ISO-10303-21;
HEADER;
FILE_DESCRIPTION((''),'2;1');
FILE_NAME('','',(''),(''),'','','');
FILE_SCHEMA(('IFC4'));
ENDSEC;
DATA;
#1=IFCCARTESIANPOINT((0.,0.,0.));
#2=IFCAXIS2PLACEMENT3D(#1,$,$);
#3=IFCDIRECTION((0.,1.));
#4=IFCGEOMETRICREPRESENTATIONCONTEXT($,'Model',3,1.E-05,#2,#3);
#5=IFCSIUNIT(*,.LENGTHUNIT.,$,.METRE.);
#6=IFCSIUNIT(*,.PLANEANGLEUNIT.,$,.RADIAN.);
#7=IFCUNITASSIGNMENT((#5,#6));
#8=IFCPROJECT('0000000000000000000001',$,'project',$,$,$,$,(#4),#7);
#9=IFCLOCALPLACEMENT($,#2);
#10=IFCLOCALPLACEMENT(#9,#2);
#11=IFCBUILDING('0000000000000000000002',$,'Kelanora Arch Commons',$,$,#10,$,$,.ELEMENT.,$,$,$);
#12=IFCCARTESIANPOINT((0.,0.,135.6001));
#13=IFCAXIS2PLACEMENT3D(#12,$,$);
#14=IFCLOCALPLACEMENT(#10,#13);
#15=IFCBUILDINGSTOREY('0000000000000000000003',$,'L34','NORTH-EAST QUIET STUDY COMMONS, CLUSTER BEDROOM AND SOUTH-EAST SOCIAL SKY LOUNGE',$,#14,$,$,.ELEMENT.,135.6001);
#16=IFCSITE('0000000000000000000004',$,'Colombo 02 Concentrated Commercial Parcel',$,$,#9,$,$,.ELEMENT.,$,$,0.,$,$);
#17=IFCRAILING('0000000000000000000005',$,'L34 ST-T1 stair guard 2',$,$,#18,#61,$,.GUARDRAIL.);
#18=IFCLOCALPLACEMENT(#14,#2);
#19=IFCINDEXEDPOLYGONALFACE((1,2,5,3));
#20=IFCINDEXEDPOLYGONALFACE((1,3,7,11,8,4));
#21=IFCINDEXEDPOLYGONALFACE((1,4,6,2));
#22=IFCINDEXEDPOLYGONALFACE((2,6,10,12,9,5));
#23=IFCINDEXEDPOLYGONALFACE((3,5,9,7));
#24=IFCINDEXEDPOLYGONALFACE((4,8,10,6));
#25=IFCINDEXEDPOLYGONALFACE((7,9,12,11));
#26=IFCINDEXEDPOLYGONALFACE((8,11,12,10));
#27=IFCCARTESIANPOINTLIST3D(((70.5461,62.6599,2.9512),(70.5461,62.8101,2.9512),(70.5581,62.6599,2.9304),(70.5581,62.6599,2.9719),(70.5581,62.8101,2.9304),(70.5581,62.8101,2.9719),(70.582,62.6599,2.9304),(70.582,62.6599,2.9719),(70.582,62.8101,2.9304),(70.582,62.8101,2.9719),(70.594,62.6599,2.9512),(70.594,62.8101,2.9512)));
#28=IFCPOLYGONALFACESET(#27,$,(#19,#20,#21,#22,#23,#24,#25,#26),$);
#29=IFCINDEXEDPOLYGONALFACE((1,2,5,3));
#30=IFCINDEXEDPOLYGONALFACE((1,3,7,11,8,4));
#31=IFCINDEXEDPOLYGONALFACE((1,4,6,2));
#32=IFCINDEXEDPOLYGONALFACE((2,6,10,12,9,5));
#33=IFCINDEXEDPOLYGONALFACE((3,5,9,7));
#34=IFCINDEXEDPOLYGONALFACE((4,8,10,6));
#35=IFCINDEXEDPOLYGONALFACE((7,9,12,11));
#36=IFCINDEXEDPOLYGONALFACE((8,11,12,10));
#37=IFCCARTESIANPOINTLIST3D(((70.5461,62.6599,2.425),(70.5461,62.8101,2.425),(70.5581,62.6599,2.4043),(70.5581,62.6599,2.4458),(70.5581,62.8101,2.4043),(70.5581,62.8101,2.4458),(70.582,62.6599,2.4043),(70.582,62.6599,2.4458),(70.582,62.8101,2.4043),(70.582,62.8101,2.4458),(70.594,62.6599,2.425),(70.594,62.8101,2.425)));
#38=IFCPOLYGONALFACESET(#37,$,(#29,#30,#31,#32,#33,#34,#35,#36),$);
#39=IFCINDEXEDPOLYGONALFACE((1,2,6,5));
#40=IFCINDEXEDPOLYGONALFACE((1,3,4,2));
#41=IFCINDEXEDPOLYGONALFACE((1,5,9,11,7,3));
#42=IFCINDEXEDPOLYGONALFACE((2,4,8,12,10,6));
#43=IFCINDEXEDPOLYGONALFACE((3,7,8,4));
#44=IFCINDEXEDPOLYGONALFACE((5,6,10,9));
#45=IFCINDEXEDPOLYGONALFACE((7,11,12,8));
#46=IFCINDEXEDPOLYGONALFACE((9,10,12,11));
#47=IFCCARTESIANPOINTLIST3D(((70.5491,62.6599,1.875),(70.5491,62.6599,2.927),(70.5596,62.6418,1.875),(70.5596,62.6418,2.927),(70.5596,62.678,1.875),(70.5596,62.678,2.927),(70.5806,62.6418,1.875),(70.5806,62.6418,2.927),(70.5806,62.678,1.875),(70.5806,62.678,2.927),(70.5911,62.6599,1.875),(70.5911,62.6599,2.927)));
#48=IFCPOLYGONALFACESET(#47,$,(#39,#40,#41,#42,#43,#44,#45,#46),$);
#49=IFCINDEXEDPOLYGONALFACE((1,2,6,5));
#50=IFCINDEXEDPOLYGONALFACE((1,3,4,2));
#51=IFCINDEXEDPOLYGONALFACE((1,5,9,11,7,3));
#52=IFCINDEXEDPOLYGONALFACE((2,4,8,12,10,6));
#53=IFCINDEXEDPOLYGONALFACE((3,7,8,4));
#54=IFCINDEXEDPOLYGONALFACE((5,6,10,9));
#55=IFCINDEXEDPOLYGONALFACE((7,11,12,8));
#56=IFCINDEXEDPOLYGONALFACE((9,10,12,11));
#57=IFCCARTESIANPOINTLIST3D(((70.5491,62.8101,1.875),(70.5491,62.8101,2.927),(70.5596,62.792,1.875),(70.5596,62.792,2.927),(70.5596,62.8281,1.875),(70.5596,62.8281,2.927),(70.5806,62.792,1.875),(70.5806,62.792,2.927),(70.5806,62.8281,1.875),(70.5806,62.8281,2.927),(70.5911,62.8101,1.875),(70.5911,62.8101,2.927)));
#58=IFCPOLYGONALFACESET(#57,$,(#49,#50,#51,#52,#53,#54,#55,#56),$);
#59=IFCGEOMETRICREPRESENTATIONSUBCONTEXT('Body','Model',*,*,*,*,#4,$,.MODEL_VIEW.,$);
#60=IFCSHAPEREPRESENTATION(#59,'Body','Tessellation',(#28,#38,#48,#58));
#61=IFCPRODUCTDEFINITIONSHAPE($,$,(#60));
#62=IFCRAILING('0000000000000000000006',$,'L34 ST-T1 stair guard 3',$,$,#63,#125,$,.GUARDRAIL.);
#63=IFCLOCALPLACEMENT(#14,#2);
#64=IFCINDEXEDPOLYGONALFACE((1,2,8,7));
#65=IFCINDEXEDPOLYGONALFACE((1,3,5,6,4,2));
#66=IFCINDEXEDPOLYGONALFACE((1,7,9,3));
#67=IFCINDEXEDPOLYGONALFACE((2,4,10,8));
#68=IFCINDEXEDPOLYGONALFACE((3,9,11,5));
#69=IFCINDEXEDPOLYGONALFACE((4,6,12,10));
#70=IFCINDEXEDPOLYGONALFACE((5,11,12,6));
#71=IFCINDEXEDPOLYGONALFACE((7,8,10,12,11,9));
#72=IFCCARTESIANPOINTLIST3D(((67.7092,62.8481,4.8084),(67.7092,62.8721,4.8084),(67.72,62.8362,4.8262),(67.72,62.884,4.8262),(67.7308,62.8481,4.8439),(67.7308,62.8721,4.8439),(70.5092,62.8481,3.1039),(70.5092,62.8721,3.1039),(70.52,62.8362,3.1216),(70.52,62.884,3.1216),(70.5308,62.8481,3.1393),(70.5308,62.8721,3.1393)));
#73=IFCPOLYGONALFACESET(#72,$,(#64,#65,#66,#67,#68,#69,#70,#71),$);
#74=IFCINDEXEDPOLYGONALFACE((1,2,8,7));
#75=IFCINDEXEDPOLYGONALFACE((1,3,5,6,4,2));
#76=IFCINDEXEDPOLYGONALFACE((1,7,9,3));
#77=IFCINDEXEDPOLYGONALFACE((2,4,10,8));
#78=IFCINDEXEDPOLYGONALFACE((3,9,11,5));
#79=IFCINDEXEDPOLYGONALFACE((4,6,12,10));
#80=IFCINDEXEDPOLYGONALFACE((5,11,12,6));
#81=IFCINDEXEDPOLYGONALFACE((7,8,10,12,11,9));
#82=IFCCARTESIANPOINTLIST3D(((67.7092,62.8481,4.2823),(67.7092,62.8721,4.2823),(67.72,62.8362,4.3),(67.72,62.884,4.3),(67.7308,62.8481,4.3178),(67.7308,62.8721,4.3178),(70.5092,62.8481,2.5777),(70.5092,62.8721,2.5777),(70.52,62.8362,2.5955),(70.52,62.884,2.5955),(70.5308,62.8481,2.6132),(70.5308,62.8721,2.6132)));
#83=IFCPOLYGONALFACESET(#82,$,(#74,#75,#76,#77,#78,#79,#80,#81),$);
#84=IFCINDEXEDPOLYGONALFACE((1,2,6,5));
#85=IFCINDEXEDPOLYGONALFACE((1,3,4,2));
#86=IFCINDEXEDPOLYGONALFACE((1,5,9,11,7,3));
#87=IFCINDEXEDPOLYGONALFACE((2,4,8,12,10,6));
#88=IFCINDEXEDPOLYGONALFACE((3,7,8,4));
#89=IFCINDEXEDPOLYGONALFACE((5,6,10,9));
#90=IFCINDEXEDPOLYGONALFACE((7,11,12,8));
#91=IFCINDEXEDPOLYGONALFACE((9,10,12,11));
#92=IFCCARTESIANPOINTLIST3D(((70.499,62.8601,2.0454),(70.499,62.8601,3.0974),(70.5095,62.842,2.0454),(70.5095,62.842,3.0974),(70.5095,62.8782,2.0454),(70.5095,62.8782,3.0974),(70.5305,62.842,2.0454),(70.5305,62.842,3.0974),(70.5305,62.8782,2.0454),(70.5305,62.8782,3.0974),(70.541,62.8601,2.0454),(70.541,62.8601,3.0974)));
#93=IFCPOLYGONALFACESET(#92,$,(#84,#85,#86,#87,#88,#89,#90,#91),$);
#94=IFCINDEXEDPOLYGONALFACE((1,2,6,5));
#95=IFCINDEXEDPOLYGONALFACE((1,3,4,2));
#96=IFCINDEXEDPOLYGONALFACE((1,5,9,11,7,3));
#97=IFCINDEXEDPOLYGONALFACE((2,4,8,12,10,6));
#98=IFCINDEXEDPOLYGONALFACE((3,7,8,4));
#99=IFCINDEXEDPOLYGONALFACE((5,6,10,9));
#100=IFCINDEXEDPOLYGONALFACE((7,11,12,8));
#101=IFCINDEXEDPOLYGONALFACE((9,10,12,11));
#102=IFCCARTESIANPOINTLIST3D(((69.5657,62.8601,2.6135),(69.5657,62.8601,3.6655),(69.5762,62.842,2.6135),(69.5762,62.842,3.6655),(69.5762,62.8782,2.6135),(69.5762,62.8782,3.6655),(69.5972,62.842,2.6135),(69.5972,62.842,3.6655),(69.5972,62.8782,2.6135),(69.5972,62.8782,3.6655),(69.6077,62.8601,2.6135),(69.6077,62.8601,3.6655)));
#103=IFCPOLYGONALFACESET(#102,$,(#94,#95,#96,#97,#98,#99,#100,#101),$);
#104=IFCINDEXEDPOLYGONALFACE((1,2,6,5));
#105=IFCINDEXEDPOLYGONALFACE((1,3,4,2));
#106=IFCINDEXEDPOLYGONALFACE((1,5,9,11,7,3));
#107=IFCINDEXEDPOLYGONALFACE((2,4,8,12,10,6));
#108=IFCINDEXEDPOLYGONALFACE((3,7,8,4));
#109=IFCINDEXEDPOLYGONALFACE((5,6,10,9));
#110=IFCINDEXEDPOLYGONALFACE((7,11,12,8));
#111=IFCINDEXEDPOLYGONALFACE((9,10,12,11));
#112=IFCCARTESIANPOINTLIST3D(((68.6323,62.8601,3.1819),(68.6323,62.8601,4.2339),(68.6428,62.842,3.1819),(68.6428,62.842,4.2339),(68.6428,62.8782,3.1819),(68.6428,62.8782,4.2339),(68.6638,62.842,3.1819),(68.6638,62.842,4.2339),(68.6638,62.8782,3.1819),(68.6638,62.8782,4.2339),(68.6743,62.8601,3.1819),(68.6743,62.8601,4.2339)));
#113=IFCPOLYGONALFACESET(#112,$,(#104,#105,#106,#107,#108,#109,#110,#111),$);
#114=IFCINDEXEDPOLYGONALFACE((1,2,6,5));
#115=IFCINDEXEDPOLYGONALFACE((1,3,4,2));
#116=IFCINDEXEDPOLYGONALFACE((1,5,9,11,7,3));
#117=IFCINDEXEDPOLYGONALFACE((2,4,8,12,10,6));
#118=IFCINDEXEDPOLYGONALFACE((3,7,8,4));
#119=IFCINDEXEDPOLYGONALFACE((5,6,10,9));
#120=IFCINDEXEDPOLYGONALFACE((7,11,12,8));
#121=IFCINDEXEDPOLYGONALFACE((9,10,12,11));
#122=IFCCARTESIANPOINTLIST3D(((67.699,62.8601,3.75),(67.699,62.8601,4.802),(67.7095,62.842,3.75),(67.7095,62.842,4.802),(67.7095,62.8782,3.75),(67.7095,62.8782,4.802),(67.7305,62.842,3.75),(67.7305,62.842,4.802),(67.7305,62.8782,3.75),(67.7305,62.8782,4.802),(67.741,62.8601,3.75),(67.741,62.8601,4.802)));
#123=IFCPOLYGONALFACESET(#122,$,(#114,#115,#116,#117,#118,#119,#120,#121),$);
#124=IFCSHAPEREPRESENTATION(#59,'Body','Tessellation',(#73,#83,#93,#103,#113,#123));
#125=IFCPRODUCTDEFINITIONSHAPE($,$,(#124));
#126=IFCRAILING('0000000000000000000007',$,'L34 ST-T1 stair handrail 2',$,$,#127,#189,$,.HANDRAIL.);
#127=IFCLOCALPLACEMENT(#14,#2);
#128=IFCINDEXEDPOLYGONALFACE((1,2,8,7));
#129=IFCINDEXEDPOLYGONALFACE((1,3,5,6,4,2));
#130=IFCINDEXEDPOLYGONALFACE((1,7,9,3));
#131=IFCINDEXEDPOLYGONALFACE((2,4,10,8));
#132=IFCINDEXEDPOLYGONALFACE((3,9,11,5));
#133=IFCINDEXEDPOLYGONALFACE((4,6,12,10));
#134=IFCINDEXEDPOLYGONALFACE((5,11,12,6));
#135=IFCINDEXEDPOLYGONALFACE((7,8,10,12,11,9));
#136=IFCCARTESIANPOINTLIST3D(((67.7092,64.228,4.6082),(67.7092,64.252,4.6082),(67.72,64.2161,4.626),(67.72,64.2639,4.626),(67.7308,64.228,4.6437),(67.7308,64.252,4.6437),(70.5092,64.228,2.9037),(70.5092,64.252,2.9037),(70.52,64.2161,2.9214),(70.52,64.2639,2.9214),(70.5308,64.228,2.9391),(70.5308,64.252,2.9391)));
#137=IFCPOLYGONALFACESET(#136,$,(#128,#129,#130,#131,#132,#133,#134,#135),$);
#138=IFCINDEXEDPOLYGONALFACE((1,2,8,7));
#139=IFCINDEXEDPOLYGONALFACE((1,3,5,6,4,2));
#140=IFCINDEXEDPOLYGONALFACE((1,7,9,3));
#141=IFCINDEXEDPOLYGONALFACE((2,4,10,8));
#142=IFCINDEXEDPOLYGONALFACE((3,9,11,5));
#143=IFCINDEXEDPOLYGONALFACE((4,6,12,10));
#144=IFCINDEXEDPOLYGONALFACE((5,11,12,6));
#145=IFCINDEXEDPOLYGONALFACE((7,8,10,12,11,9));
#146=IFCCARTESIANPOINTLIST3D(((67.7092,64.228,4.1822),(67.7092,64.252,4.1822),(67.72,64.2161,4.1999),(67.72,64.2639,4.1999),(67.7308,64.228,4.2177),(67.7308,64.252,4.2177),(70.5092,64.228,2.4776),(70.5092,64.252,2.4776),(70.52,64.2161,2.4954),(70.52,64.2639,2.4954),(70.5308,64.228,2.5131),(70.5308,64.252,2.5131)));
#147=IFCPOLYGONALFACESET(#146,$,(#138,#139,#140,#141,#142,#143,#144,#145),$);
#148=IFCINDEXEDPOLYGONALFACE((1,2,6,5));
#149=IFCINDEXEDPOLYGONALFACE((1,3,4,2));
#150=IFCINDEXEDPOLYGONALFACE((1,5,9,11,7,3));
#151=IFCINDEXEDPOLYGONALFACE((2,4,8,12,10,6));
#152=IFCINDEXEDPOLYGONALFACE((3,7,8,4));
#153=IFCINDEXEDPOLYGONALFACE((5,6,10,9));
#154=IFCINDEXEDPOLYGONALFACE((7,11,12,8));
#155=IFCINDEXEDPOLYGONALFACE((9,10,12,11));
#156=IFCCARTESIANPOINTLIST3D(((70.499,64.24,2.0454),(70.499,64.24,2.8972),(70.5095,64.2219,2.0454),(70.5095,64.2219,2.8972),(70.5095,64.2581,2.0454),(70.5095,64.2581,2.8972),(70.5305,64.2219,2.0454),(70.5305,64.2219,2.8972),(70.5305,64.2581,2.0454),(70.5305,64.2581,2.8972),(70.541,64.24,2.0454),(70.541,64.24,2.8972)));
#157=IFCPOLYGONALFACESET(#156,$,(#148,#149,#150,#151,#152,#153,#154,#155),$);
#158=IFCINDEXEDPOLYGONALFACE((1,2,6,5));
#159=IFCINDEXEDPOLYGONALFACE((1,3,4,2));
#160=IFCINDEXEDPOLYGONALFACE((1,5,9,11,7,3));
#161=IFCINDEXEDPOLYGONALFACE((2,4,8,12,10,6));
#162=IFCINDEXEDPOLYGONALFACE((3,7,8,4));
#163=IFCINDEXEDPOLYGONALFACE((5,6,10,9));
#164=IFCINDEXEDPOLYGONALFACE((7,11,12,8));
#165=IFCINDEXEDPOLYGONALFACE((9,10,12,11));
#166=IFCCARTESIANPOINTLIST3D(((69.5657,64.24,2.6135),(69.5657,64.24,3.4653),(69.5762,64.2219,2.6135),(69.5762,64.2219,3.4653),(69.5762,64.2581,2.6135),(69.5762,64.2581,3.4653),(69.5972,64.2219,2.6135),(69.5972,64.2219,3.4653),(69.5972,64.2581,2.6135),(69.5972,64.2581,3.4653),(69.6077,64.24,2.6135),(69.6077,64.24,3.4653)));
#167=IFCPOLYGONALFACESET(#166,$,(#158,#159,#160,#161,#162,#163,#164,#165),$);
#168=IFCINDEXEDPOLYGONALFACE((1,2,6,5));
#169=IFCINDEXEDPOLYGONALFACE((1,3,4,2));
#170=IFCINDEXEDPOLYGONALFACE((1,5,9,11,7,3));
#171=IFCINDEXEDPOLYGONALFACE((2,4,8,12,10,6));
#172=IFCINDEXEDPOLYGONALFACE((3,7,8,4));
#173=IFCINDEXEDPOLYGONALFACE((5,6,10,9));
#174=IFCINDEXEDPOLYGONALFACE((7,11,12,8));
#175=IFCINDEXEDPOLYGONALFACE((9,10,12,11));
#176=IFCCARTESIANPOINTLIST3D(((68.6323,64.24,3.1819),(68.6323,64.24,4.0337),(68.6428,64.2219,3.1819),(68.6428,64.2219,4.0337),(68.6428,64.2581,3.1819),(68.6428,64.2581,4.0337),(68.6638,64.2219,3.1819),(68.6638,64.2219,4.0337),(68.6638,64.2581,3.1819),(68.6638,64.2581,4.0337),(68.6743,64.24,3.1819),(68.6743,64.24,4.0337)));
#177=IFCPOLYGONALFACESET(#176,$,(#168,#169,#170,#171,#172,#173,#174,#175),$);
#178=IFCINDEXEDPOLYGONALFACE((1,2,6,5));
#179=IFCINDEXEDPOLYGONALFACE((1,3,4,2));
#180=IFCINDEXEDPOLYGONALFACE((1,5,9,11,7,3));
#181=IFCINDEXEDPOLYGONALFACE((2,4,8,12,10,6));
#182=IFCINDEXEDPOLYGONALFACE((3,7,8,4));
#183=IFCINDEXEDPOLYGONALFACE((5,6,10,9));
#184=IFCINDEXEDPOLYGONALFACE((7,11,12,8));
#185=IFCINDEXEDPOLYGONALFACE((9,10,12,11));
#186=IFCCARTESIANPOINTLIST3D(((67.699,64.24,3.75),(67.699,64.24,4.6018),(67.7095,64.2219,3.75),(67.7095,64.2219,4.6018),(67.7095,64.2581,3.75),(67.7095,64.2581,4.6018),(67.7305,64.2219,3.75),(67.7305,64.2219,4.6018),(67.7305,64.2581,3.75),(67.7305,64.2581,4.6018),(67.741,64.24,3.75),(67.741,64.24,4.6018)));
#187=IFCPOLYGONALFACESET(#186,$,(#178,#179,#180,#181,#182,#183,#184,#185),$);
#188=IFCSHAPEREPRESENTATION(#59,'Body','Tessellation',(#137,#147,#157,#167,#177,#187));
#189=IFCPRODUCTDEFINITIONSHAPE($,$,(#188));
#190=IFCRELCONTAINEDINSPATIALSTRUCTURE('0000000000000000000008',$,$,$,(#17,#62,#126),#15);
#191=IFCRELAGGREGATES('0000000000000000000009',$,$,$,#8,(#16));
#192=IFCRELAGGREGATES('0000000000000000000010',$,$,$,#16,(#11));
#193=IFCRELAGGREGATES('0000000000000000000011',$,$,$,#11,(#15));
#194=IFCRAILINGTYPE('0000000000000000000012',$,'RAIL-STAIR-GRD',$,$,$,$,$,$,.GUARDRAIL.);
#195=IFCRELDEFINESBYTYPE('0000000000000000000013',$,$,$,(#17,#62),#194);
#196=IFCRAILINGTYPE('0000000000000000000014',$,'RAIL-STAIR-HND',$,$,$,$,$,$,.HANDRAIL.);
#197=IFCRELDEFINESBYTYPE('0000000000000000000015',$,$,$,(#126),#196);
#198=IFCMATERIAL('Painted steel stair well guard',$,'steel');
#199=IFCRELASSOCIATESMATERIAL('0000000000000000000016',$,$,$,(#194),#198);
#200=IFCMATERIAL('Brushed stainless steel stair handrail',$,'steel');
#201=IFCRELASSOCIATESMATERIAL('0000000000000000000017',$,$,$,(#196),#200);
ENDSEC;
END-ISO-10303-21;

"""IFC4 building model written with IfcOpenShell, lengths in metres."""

from ifc_helpers import new_model, si_unit, direction, frame, origin, place, context, subcontext, project, spatial, polyline, outline, extrude, material, type_object, element, save


model = new_model("IFC4")

# Units and contexts
model_context = context("Model", 3, precision=1e-05, world=origin(), true_north=direction((0.0, 1.0)))
body_context = subcontext(model_context, "Body", "Model", "MODEL_VIEW")
ifc_project = project(units=[si_unit("LENGTHUNIT", "METRE"), si_unit("PLANEANGLEUNIT", "RADIAN")], contexts=[model_context])

# Site, building, storey
site_placement = place(None, origin())
site = spatial("IfcSite", under=ifc_project, at=site_placement, Name="Colombo 02 Concentrated Commercial Parcel", CompositionType="ELEMENT", RefElevation=0.0)
building_placement = place(site_placement, origin())
building = spatial("IfcBuilding", under=site, at=building_placement, Name="Kelanora Arch Commons", CompositionType="ELEMENT")
storey_placement = place(building_placement, frame((0.0, 0.0, 135.6001)))
storey = spatial("IfcBuildingStorey", under=building, at=storey_placement, Name="L34", Description="NORTH-EAST QUIET STUDY COMMONS, CLUSTER BEDROOM AND SOUTH-EAST SOCIAL SKY LOUNGE", CompositionType="ELEMENT", Elevation=135.6001)

# Railings
ifc_material_1 = material(Name="Painted steel stair well guard", Category="steel")
railing_type_1 = type_object("IfcRailingType", Name="RAIL-STAIR-GRD", PredefinedType="GUARDRAIL", material=ifc_material_1)
railing_1_placement = place(storey_placement, frame((70.5701, 62.6599, 1.875)))
element("IfcRailing", 1, at=railing_1_placement, inside=storey, type_object=railing_type_1, Name="L34 ST-T1 stair guard 2", PredefinedType="GUARDRAIL", context=body_context, shape_type="SweptSolid", body=[
    extrude(outline(polyline([(0.0239, 0.0), (0.012, 0.0208), (-0.012, 0.0208), (-0.0239, 0.0), (-0.012, -0.0208), (0.012, -0.0208), (0.0239, 0.0)])), frame((0.0, 0.0, 1.0762), z_axis=(0.0, 1.0, 0.0), x_axis=(-1.0, 0.0, 0.0)), (0.0, 0.0, 1.0), 0.1501),
    extrude(outline(polyline([(0.0239, 0.0), (0.012, 0.0208), (-0.012, 0.0208), (-0.0239, 0.0), (-0.012, -0.0208), (0.012, -0.0208), (0.0239, 0.0)])), frame((0.0, 0.0, 0.55), z_axis=(0.0, 1.0, 0.0), x_axis=(-1.0, 0.0, 0.0)), (0.0, 0.0, 1.0), 0.1501),
    extrude(outline(polyline([(0.021, 0.0), (0.0105, 0.0181), (-0.0105, 0.0181), (-0.021, 0.0), (-0.0105, -0.0181), (0.0105, -0.0181), (0.021, 0.0)])), origin(), (0.0, 0.0, 1.0), 1.052),
    extrude(outline(polyline([(0.021, 0.0), (0.0105, 0.0181), (-0.0105, 0.0181), (-0.021, 0.0), (-0.0105, -0.0181), (0.0105, -0.0181), (0.021, 0.0)])), frame((0.0, 0.1501, 0.0)), (0.0, 0.0, 1.0), 1.052),
])
railing_2_placement = place(storey_placement, frame((70.52, 62.8601, 2.0454)))
element("IfcRailing", 2, at=railing_2_placement, inside=storey, type_object=railing_type_1, Name="L34 ST-T1 stair guard 3", PredefinedType="GUARDRAIL", context=body_context, shape_type="SweptSolid", body=[
    extrude(outline(polyline([(0.0239, 0.0), (0.012, 0.0208), (-0.012, 0.0208), (-0.0239, 0.0), (-0.012, -0.0208), (0.012, -0.0208), (0.0239, 0.0)])), frame((0.0, 0.0, 1.0762), z_axis=(-0.85417, 0.0, 0.519994), x_axis=(0.0, -1.0, 0.0)), (0.0, 0.0, 1.0), 3.2781),
    extrude(outline(polyline([(0.0239, 0.0), (0.012, 0.0208), (-0.012, 0.0208), (-0.0239, 0.0), (-0.012, -0.0208), (0.012, -0.0208), (0.0239, 0.0)])), frame((0.0, 0.0, 0.55), z_axis=(-0.85417, 0.0, 0.519994), x_axis=(0.0, -1.0, 0.0)), (0.0, 0.0, 1.0), 3.2781),
    extrude(outline(polyline([(0.021, 0.0), (0.0105, 0.0181), (-0.0105, 0.0181), (-0.021, 0.0), (-0.0105, -0.0181), (0.0105, -0.0181), (0.021, 0.0)])), origin(), (0.0, 0.0, 1.0), 1.052),
    extrude(outline(polyline([(0.021, 0.0), (0.0105, 0.0181), (-0.0105, 0.0181), (-0.021, 0.0), (-0.0105, -0.0181), (0.0105, -0.0181), (0.021, 0.0)])), frame((-0.9333, 0.0, 0.5681)), (0.0, 0.0, 1.0), 1.052),
    extrude(outline(polyline([(0.021, 0.0), (0.0105, 0.0181), (-0.0105, 0.0181), (-0.021, 0.0), (-0.0105, -0.0181), (0.0105, -0.0181), (0.021, 0.0)])), frame((-1.8667, 0.0, 1.1365)), (0.0, 0.0, 1.0), 1.052),
    extrude(outline(polyline([(0.021, 0.0), (0.0105, 0.0181), (-0.0105, 0.0181), (-0.021, 0.0), (-0.0105, -0.0181), (0.0105, -0.0181), (0.021, 0.0)])), frame((-2.8, 0.0, 1.7046)), (0.0, 0.0, 1.0), 1.052),
])
ifc_material_2 = material(Name="Brushed stainless steel stair handrail", Category="steel")
railing_type_2 = type_object("IfcRailingType", Name="RAIL-STAIR-HND", PredefinedType="HANDRAIL", material=ifc_material_2)
railing_3_placement = place(storey_placement, frame((70.52, 64.24, 2.0454)))
element("IfcRailing", 3, at=railing_3_placement, inside=storey, type_object=railing_type_2, Name="L34 ST-T1 stair handrail 2", PredefinedType="HANDRAIL", context=body_context, shape_type="SweptSolid", body=[
    extrude(outline(polyline([(0.0239, 0.0), (0.012, 0.0208), (-0.012, 0.0208), (-0.0239, 0.0), (-0.012, -0.0208), (0.012, -0.0208), (0.0239, 0.0)])), frame((0.0, 0.0, 0.876), z_axis=(-0.85417, 0.0, 0.519994), x_axis=(0.0, -1.0, 0.0)), (0.0, 0.0, 1.0), 3.2781),
    extrude(outline(polyline([(0.0239, 0.0), (0.012, 0.0208), (-0.012, 0.0208), (-0.0239, 0.0), (-0.012, -0.0208), (0.012, -0.0208), (0.0239, 0.0)])), frame((0.0, 0.0, 0.45), z_axis=(-0.85417, 0.0, 0.519994), x_axis=(0.0, -1.0, 0.0)), (0.0, 0.0, 1.0), 3.2781),
    extrude(outline(polyline([(0.021, 0.0), (0.0105, 0.0181), (-0.0105, 0.0181), (-0.021, 0.0), (-0.0105, -0.0181), (0.0105, -0.0181), (0.021, 0.0)])), origin(), (0.0, 0.0, 1.0), 0.8518),
    extrude(outline(polyline([(0.021, 0.0), (0.0105, 0.0181), (-0.0105, 0.0181), (-0.021, 0.0), (-0.0105, -0.0181), (0.0105, -0.0181), (0.021, 0.0)])), frame((-0.9333, 0.0, 0.5681)), (0.0, 0.0, 1.0), 0.8518),
    extrude(outline(polyline([(0.021, 0.0), (0.0105, 0.0181), (-0.0105, 0.0181), (-0.021, 0.0), (-0.0105, -0.0181), (0.0105, -0.0181), (0.021, 0.0)])), frame((-1.8667, 0.0, 1.1365)), (0.0, 0.0, 1.0), 0.8518),
    extrude(outline(polyline([(0.021, 0.0), (0.0105, 0.0181), (-0.0105, 0.0181), (-0.021, 0.0), (-0.0105, -0.0181), (0.0105, -0.0181), (0.021, 0.0)])), frame((-2.8, 0.0, 1.7046)), (0.0, 0.0, 1.0), 0.8518),
])

save(model, "model.ifc")
